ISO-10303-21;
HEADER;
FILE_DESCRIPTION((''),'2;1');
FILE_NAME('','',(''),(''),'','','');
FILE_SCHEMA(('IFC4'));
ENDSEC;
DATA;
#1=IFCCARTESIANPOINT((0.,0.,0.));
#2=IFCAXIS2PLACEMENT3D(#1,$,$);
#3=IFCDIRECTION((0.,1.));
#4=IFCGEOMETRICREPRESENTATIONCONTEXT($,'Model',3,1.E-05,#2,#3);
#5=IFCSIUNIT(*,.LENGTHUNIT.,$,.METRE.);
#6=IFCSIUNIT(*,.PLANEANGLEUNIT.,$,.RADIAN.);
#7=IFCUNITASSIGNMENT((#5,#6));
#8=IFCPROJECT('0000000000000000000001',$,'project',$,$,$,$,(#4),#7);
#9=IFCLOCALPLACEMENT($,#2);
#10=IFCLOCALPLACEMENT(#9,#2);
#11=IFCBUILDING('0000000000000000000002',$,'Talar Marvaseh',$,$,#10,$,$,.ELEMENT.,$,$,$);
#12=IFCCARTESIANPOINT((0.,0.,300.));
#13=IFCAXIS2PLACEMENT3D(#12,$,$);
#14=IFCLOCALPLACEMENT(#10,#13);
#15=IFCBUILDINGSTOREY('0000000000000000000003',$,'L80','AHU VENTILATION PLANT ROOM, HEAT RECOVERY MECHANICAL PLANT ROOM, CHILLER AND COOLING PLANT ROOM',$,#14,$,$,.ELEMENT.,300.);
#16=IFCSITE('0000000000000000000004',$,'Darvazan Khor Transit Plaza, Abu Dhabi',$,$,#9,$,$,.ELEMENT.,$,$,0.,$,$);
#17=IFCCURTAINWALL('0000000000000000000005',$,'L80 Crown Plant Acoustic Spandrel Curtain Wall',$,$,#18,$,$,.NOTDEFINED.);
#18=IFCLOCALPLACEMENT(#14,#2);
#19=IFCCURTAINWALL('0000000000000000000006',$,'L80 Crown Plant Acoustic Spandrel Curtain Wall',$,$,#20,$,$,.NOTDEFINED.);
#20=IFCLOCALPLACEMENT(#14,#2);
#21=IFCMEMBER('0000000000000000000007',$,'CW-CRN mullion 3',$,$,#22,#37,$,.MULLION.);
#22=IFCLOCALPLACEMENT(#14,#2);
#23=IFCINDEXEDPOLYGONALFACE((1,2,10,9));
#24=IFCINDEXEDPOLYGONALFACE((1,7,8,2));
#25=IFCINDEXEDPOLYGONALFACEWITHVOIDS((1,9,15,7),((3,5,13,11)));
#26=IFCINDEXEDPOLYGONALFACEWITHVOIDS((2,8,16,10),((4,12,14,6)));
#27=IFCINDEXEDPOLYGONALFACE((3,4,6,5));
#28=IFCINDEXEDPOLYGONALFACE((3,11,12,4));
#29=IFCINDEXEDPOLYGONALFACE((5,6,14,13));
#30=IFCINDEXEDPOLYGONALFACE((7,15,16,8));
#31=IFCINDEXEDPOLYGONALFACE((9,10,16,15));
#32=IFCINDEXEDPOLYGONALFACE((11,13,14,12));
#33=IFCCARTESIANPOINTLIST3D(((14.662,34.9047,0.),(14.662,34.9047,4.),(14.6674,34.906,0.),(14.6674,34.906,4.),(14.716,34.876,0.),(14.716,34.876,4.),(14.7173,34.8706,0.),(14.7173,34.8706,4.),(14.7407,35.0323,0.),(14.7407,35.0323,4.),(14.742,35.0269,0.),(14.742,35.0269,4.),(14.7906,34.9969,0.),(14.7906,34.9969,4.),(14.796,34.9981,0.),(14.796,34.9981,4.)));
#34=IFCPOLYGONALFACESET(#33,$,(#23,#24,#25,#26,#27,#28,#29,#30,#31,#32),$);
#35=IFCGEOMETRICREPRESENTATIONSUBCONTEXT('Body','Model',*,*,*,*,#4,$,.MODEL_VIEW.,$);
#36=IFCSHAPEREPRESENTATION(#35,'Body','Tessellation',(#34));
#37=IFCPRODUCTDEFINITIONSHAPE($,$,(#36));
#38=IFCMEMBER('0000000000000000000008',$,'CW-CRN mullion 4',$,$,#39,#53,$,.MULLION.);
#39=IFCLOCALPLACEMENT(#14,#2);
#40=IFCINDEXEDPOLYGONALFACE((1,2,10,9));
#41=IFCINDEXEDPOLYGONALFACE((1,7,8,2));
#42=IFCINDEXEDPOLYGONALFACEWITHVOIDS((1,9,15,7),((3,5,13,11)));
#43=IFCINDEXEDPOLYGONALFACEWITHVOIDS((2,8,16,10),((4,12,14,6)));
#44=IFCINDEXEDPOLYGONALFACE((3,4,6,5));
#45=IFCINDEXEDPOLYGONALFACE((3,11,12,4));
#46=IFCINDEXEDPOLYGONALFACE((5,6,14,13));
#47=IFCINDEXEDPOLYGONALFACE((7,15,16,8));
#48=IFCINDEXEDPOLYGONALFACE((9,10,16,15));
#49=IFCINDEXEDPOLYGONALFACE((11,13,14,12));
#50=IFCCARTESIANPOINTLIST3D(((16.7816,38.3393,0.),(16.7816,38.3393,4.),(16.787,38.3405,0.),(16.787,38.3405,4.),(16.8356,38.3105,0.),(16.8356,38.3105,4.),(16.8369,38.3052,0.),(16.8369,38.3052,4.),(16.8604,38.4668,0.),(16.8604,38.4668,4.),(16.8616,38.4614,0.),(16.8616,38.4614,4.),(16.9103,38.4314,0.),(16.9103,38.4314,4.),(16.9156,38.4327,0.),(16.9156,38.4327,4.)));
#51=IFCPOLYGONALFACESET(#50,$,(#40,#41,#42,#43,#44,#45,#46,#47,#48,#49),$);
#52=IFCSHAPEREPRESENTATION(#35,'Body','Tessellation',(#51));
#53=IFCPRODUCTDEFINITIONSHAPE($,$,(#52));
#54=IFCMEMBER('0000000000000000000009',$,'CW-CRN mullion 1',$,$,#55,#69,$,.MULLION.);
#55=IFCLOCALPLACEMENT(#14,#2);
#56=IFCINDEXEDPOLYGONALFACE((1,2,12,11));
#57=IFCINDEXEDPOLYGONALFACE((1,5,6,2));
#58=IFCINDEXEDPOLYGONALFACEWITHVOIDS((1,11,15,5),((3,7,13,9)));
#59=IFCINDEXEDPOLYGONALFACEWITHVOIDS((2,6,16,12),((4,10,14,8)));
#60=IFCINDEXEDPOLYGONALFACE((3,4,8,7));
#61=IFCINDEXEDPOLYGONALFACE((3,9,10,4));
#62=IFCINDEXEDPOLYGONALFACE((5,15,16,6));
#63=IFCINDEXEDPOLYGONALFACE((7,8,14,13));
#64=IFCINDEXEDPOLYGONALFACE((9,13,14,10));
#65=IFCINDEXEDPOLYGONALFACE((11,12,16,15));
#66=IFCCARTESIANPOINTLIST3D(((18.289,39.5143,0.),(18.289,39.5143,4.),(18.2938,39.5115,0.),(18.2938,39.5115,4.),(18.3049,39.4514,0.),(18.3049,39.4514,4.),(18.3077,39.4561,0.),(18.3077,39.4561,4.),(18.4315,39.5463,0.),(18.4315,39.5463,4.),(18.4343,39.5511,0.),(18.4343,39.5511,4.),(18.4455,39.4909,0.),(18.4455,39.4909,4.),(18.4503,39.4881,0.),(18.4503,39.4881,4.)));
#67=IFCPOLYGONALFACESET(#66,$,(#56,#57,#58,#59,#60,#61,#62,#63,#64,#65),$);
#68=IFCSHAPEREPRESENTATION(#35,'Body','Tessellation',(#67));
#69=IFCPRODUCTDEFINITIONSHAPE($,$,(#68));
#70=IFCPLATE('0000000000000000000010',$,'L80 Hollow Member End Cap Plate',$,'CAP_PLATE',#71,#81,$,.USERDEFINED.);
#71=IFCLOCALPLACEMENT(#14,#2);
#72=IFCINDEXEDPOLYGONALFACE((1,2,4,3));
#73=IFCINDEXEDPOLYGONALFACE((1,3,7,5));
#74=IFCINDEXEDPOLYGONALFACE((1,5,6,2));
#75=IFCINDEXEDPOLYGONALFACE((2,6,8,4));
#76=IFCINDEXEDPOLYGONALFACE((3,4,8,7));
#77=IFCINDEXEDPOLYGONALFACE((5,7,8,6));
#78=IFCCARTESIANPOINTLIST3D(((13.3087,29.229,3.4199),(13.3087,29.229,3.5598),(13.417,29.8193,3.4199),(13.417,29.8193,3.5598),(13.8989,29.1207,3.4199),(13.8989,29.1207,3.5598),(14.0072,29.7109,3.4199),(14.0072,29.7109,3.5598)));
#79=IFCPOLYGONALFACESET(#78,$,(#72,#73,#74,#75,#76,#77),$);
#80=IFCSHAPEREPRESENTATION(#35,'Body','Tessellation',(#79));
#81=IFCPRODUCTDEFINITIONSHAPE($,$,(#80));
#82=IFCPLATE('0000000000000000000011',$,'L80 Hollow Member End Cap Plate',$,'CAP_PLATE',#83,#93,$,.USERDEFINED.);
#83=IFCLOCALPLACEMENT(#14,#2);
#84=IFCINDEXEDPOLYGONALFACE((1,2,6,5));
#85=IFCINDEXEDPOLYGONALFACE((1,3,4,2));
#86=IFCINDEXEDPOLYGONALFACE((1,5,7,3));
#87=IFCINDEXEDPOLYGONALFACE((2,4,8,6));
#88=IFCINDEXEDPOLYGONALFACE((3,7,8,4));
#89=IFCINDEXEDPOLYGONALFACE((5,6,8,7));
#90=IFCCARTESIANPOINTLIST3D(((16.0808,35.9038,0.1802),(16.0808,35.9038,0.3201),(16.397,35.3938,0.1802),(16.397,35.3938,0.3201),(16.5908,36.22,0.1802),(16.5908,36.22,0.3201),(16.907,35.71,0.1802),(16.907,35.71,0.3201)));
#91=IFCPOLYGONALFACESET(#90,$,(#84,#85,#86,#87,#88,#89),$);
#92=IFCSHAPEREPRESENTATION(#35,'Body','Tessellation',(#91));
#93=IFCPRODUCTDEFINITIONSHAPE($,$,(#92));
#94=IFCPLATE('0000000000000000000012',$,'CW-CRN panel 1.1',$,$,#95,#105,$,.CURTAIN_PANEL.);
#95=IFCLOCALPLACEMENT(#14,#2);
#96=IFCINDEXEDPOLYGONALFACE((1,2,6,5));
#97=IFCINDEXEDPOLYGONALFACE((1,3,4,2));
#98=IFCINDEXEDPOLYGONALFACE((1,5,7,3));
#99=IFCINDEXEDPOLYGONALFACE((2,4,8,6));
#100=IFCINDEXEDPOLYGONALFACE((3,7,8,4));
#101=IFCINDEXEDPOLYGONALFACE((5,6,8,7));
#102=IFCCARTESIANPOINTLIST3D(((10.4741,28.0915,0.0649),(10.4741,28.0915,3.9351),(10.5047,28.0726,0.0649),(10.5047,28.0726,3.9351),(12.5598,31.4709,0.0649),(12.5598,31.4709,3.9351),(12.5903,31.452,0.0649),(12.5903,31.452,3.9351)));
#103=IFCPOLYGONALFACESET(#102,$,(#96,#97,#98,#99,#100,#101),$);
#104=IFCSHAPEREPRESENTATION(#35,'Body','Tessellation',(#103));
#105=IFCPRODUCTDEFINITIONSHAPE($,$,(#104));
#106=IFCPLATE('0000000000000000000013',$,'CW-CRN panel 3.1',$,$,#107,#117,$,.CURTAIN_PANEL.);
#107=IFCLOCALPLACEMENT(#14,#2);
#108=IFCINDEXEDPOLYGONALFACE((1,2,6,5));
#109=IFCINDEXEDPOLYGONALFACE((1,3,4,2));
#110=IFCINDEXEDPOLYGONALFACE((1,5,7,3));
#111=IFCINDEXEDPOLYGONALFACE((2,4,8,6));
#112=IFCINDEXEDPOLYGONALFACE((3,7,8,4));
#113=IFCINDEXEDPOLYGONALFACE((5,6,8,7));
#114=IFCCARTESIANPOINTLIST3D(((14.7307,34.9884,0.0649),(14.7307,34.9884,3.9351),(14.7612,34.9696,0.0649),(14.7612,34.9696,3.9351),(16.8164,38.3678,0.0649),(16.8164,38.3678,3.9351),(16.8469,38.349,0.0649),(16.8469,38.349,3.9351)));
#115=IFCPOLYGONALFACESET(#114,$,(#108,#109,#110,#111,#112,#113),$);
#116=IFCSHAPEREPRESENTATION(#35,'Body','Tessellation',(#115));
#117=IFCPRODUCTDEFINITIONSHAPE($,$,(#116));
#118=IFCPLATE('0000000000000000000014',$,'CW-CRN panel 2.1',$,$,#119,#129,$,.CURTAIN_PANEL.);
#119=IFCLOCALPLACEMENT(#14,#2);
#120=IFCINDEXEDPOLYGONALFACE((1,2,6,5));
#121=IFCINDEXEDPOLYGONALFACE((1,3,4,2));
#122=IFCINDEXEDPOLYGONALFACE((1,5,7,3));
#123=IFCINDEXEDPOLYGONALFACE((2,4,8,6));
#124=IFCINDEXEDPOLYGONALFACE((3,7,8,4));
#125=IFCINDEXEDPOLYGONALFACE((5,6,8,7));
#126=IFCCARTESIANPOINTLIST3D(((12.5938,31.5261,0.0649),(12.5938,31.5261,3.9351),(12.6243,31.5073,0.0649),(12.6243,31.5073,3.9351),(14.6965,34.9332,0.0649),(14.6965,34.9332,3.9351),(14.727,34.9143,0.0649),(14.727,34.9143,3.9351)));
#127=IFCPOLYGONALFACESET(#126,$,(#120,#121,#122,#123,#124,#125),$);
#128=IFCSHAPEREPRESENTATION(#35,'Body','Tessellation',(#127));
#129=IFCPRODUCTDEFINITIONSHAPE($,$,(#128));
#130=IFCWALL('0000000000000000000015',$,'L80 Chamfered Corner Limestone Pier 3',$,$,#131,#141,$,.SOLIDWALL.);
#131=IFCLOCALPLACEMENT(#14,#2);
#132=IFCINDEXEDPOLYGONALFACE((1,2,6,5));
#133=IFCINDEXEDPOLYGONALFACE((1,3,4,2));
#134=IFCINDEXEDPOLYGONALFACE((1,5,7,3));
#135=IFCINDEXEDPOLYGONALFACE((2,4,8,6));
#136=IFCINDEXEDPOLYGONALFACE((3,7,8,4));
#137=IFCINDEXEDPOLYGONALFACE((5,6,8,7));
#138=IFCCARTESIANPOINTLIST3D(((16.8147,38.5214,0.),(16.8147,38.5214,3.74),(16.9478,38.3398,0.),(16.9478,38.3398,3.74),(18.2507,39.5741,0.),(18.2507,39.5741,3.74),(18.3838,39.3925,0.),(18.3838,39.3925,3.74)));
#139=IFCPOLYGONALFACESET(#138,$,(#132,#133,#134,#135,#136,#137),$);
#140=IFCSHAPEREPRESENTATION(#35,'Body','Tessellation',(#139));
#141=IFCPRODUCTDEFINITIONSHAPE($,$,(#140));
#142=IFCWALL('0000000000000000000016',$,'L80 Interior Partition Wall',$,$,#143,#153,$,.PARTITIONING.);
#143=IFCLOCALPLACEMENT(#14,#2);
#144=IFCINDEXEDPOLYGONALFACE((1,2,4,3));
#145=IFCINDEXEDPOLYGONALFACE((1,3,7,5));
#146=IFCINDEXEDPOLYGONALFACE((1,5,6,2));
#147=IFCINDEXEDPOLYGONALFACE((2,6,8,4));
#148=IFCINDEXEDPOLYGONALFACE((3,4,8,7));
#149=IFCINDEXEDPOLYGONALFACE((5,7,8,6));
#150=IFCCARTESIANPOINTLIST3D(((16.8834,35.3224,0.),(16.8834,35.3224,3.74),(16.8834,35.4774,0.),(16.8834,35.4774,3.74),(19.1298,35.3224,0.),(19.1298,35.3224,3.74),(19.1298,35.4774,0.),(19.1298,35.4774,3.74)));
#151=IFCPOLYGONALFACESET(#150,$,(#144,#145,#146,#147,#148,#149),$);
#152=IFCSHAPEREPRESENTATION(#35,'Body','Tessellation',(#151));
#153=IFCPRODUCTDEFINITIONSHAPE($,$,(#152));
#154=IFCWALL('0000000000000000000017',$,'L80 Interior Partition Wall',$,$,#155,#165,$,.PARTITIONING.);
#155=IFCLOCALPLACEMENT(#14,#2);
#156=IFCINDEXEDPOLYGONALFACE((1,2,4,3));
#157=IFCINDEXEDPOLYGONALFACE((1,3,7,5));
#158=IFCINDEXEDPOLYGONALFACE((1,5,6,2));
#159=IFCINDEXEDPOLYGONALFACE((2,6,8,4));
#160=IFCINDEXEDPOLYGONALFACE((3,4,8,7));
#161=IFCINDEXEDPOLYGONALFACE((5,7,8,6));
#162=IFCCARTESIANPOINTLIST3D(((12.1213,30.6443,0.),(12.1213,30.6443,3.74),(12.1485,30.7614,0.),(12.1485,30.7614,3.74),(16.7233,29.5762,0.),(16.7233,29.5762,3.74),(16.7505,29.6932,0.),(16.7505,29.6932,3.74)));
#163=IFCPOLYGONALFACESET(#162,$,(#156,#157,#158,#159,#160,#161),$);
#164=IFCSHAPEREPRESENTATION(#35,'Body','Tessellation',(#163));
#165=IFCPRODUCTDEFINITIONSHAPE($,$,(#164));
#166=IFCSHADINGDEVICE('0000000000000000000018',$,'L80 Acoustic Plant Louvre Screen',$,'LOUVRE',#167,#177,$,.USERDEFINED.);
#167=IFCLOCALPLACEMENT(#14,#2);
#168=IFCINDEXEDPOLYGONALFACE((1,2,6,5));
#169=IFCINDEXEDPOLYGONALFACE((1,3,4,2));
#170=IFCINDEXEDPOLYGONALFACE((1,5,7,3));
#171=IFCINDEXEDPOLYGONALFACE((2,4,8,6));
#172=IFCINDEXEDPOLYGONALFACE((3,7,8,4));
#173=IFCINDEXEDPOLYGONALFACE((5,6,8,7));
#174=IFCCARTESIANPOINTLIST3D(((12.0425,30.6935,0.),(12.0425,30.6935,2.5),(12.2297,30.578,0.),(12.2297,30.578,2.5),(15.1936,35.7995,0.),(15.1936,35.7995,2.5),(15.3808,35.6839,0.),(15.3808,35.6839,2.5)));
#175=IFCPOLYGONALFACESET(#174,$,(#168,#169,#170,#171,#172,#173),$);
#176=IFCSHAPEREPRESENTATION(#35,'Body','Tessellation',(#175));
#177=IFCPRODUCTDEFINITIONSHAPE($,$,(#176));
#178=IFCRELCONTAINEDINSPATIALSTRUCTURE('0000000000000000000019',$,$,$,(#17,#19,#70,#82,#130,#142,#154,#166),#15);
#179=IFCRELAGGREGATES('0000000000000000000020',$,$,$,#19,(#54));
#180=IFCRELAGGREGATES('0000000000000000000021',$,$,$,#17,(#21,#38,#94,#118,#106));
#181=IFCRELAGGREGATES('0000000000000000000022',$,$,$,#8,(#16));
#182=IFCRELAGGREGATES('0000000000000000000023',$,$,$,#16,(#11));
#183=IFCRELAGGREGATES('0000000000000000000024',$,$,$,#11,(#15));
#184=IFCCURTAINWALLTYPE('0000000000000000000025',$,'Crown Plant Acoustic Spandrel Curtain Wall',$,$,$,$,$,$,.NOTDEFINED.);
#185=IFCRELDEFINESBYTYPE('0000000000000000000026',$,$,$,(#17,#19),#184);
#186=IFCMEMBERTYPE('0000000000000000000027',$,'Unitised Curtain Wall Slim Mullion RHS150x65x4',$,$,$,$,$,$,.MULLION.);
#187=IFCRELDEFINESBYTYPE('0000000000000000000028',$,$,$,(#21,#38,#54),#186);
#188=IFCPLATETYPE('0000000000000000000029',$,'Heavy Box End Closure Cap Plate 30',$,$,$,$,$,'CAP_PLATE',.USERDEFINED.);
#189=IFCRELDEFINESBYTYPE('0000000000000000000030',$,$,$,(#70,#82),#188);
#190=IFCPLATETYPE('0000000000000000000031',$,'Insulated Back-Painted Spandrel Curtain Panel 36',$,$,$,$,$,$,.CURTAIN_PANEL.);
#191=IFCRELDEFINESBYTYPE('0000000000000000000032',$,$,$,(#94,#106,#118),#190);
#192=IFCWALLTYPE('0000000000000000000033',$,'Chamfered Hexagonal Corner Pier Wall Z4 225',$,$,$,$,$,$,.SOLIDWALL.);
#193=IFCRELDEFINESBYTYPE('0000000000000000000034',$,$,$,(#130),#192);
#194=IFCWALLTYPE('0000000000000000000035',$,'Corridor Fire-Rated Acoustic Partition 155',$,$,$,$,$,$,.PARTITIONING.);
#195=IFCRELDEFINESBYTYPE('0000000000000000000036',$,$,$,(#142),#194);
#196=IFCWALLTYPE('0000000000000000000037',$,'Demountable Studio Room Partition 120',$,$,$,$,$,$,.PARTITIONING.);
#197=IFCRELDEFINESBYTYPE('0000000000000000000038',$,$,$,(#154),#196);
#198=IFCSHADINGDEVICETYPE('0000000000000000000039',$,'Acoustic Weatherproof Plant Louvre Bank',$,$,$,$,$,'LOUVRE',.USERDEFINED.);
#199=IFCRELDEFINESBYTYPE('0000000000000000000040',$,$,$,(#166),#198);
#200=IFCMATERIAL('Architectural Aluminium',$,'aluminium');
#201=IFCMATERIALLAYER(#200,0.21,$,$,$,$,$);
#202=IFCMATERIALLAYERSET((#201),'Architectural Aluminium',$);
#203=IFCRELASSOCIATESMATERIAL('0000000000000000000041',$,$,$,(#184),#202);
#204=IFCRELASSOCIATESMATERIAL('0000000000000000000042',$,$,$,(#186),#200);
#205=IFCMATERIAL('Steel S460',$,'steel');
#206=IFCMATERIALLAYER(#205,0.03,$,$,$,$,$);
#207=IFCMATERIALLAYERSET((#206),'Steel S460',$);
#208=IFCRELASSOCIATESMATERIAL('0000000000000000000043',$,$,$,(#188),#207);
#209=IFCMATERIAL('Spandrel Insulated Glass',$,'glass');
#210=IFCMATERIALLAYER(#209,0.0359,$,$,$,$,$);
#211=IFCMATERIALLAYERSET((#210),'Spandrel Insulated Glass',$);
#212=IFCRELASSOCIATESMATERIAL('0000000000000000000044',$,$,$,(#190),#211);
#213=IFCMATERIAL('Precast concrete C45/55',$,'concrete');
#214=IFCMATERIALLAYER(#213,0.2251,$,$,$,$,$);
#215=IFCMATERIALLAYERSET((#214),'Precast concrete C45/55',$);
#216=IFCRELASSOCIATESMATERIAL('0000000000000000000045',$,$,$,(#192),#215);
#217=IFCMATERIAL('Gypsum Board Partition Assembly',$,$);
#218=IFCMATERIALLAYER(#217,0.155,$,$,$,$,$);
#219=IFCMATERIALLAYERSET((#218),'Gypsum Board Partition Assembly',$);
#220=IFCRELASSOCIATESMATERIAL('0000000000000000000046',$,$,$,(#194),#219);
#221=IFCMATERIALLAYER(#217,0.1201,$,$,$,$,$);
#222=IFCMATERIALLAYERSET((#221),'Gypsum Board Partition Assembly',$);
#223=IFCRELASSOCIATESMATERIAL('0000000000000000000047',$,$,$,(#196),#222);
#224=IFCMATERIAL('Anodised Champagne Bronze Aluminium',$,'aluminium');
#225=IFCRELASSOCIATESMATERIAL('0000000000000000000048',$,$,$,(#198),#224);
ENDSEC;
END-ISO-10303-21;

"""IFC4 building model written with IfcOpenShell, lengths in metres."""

from ifc_helpers import new_model, si_unit, direction, frame, frame_2d, origin, origin_2d, place, context, subcontext, project, spatial, rectangle, hollow_rectangle, extrude, source, transform, mapped, material, layer, layer_set, material_profile, profile_set, type_object, type_shapes, element, aggregate, save


model = new_model("IFC4")

# Units and contexts
model_context = context("Model", 3, precision=1e-05, world=origin(), true_north=direction((0.0, 1.0)))
body_context = subcontext(model_context, "Body", "Model", "MODEL_VIEW")
ifc_project = project(units=[si_unit("LENGTHUNIT", "METRE"), si_unit("PLANEANGLEUNIT", "RADIAN")], contexts=[model_context])

# Site, building, storey
site_placement = place(None, origin())
site = spatial("IfcSite", under=ifc_project, at=site_placement, Name="Darvazan Khor Transit Plaza, Abu Dhabi", CompositionType="ELEMENT", RefElevation=0.0)
building_placement = place(site_placement, origin())
building = spatial("IfcBuilding", under=site, at=building_placement, Name="Talar Marvaseh", CompositionType="ELEMENT")
storey_placement = place(building_placement, frame((0.0, 0.0, 300.0)))
storey = spatial("IfcBuildingStorey", under=building, at=storey_placement, Name="L80", Description="AHU VENTILATION PLANT ROOM, HEAT RECOVERY MECHANICAL PLANT ROOM, CHILLER AND COOLING PLANT ROOM", CompositionType="ELEMENT", Elevation=300.0)

# Shared definitions
ifc_material_1 = material(Name="Steel S460", Category="steel")

# Curtain walls
ifc_material_2 = material(Name="Architectural Aluminium", Category="aluminium")
ifc_layer_1 = layer(ifc_material_2, 0.21)
ifc_layer_set_1 = layer_set([ifc_layer_1], Name="Architectural Aluminium")
curtain_wall_type = type_object("IfcCurtainWallType", Name="Crown Plant Acoustic Spandrel Curtain Wall", PredefinedType="NOTDEFINED", material=ifc_layer_set_1)
curtain_wall_1_placement = place(storey_placement, origin())
curtain_wall_1 = element("IfcCurtainWall", 1, at=curtain_wall_1_placement, inside=storey, type_object=curtain_wall_type, Name="L80 Crown Plant Acoustic Spandrel Curtain Wall", PredefinedType="NOTDEFINED")
curtain_wall_2_placement = place(storey_placement, origin())
curtain_wall_2 = element("IfcCurtainWall", 2, at=curtain_wall_2_placement, inside=storey, type_object=curtain_wall_type, Name="L80 Crown Plant Acoustic Spandrel Curtain Wall", PredefinedType="NOTDEFINED")

# Members
ifc_material_profile_1 = material_profile(ifc_material_2, hollow_rectangle(XDim=0.0649, YDim=0.1499, WallThickness=0.0039, at=origin_2d()), Name="RHS150x65x4")
ifc_profile_set_1 = profile_set([ifc_material_profile_1], Name="Architectural Aluminium")
member_type_1 = type_object("IfcMemberType", Name="Unitised Curtain Wall Slim Mullion RHS150x65x4", PredefinedType="MULLION", material=ifc_profile_set_1)
shared_shape_1 = source(origin(), body_context, "Body", "SweptSolid", [
    extrude(hollow_rectangle(XDim=0.0649, YDim=0.1499, WallThickness=0.0039, at=origin_2d()), origin(), (0.0, 0.0, 1.0), 4.0),
])
type_shapes(member_type_1, [shared_shape_1])
member_1_placement = place(storey_placement, frame((14.729, 34.9514, 0.0), z_axis=(0.0, 0.0, 1.0), x_axis=(-0.850977, 0.525202, 0.0)))
member_1 = element("IfcMember", 3, at=member_1_placement, type_object=member_type_1, Name="CW-CRN mullion 3", PredefinedType="MULLION", context=body_context, shape_type="MappedRepresentation", body=[
    mapped(shared_shape_1, transform((0.0, 0.0, 0.0), x_axis=(1.0, 0.0, 0.0), y_axis=(0.0, 1.0, 0.0), z_axis=(0.0, 0.0, 1.0), scale=1.0)),
])
member_2_placement = place(storey_placement, frame((16.8486, 38.386, 0.0), z_axis=(0.0, 0.0, 1.0), x_axis=(-0.850977, 0.525202, 0.0)))
member_2 = element("IfcMember", 4, at=member_2_placement, type_object=member_type_1, Name="CW-CRN mullion 4", PredefinedType="MULLION", context=body_context, shape_type="MappedRepresentation", body=[
    mapped(shared_shape_1, transform((0.0, 0.0, 0.0), x_axis=(1.0, 0.0, 0.0), y_axis=(0.0, 1.0, 0.0), z_axis=(0.0, 0.0, 1.0), scale=1.0)),
])
member_3_placement = place(storey_placement, frame((18.3696, 39.5012, 0.0), z_axis=(0.0, 0.0, 1.0), x_axis=(-0.245002, 0.969523, 0.0)))
member_3 = element("IfcMember", 5, at=member_3_placement, type_object=member_type_1, Name="CW-CRN mullion 1", PredefinedType="MULLION", context=body_context, shape_type="MappedRepresentation", body=[
    mapped(shared_shape_1, transform((0.0, 0.0, 0.0), x_axis=(1.0, 0.0, 0.0), y_axis=(0.0, 1.0, 0.0), z_axis=(0.0, 0.0, 1.0), scale=1.0)),
])
aggregate(curtain_wall_2, [member_3])

# Plates
ifc_layer_2 = layer(ifc_material_1, 0.03)
ifc_layer_set_2 = layer_set([ifc_layer_2], Name="Steel S460")
plate_type_1 = type_object("IfcPlateType", Name="Heavy Box End Closure Cap Plate 30", ElementType="CAP_PLATE", PredefinedType="USERDEFINED", material=ifc_layer_set_2)
shared_shape_2 = source(origin(), body_context, "Body", "SweptSolid", [
    extrude(rectangle(XDim=0.6001, YDim=0.6001, at=origin_2d()), origin(), (0.0, 0.0, 1.0), 0.1399),
])
type_shapes(plate_type_1, [shared_shape_2])
for number, where, z_axis, x_axis, name in (
    (6, (13.658, 29.47, 3.4199), (0.0, 0.0, 1.0), (0.180519, 0.983571, 0.0), "L80 Hollow Member End Cap Plate"),
    (7, (16.4939, 35.8069, 0.1802), (0.0, 0.0, 1.0), (0.849893, 0.526956, 0.0), "L80 Hollow Member End Cap Plate"),
):
    element("IfcPlate", number, at=place(storey_placement, frame(where, z_axis=z_axis, x_axis=x_axis)), inside=storey, type_object=plate_type_1, Name=name, ObjectType="CAP_PLATE", PredefinedType="USERDEFINED", context=body_context, shape_type="MappedRepresentation", body=[
        mapped(shared_shape_2, transform((0.0, 0.0, 0.0), x_axis=(1.0, 0.0, 0.0), y_axis=(0.0, 1.0, 0.0), z_axis=(0.0, 0.0, 1.0), scale=1.0)),
    ])

# Plates
ifc_material_3 = material(Name="Spandrel Insulated Glass", Category="glass")
ifc_layer_3 = layer(ifc_material_3, 0.0359)
ifc_layer_set_3 = layer_set([ifc_layer_3], Name="Spandrel Insulated Glass")
plate_type_2 = type_object("IfcPlateType", Name="Insulated Back-Painted Spandrel Curtain Panel 36", PredefinedType="CURTAIN_PANEL", material=ifc_layer_set_3)
shared_shape_3 = source(origin(), body_context, "Body", "SweptSolid", [
    extrude(rectangle(XDim=3.9712, YDim=0.0359, at=origin_2d()), origin(), (0.0, 0.0, 1.0), 3.8701),
])
plate_1_placement = place(storey_placement, frame((11.5322, 29.7717, 0.0649), z_axis=(0.0, 0.0, 1.0), x_axis=(0.525202, 0.850977, 0.0)))
plate_1 = element("IfcPlate", 8, at=plate_1_placement, type_object=plate_type_2, Name="CW-CRN panel 1.1", PredefinedType="CURTAIN_PANEL", context=body_context, shape_type="MappedRepresentation", body=[
    mapped(shared_shape_3, transform((0.0, 0.0, 0.0), x_axis=(1.0, 0.0, 0.0), y_axis=(0.0, 1.0, 0.0), z_axis=(0.0, 0.0, 1.0), scale=1.0)),
])
plate_2_placement = place(storey_placement, frame((15.7888, 36.6687, 0.0649), z_axis=(0.0, 0.0, 1.0), x_axis=(0.525202, 0.850977, 0.0)))
plate_2 = element("IfcPlate", 9, at=plate_2_placement, type_object=plate_type_2, Name="CW-CRN panel 3.1", PredefinedType="CURTAIN_PANEL", context=body_context, shape_type="MappedRepresentation", body=[
    mapped(shared_shape_3, transform((0.0, 0.0, 0.0), x_axis=(1.0, 0.0, 0.0), y_axis=(0.0, 1.0, 0.0), z_axis=(0.0, 0.0, 1.0), scale=1.0)),
])
shared_shape_4 = source(origin(), body_context, "Body", "SweptSolid", [
    extrude(rectangle(XDim=4.0037, YDim=0.0359, at=origin_2d()), origin(), (0.0, 0.0, 1.0), 3.8701),
])
type_shapes(plate_type_2, [shared_shape_3, shared_shape_4])
plate_3_placement = place(storey_placement, frame((13.6604, 33.2202, 0.0649), z_axis=(0.0, 0.0, 1.0), x_axis=(0.525202, 0.850977, 0.0)))
plate_3 = element("IfcPlate", 10, at=plate_3_placement, type_object=plate_type_2, Name="CW-CRN panel 2.1", PredefinedType="CURTAIN_PANEL", context=body_context, shape_type="MappedRepresentation", body=[
    mapped(shared_shape_4, transform((0.0, 0.0, 0.0), x_axis=(1.0, 0.0, 0.0), y_axis=(0.0, 1.0, 0.0), z_axis=(0.0, 0.0, 1.0), scale=1.0)),
])
aggregate(curtain_wall_1, [member_1, member_2, plate_1, plate_3, plate_2])

# Walls
ifc_material_4 = material(Name="Precast concrete C45/55", Category="concrete")
ifc_layer_4 = layer(ifc_material_4, 0.2251)
ifc_layer_set_4 = layer_set([ifc_layer_4], Name="Precast concrete C45/55")
wall_type_1 = type_object("IfcWallType", Name="Chamfered Hexagonal Corner Pier Wall Z4 225", PredefinedType="SOLIDWALL", material=ifc_layer_set_4)
wall_1_placement = place(storey_placement, frame((16.8813, 38.4307, 0.0), z_axis=(0.0, 0.0, 1.0), x_axis=(0.806501, 0.591233, 0.0)))
element("IfcWall", 11, at=wall_1_placement, inside=storey, type_object=wall_type_1, Name="L80 Chamfered Corner Limestone Pier 3", PredefinedType="SOLIDWALL", context=body_context, shape_type="SweptSolid", body=[
    extrude(rectangle(XDim=1.7805, YDim=0.2251, at=frame_2d((0.8901, 0.0))), origin(), (0.0, 0.0, 1.0), 3.74),
])
ifc_material_5 = material(Name="Gypsum Board Partition Assembly")
ifc_layer_5 = layer(ifc_material_5, 0.155)
ifc_layer_set_5 = layer_set([ifc_layer_5], Name="Gypsum Board Partition Assembly")
wall_type_2 = type_object("IfcWallType", Name="Corridor Fire-Rated Acoustic Partition 155", PredefinedType="PARTITIONING", material=ifc_layer_set_5)
wall_2_placement = place(storey_placement, frame((16.8835, 35.3999, 0.0), z_axis=(0.0, 0.0, 1.0), x_axis=(1.0, 0.0, 0.0)))
element("IfcWall", 12, at=wall_2_placement, inside=storey, type_object=wall_type_2, Name="L80 Interior Partition Wall", PredefinedType="PARTITIONING", context=body_context, shape_type="SweptSolid", body=[
    extrude(rectangle(XDim=2.2463, YDim=0.155, at=frame_2d((1.123, 0.0))), origin(), (0.0, 0.0, 1.0), 3.74),
])
ifc_layer_6 = layer(ifc_material_5, 0.1201)
ifc_layer_set_6 = layer_set([ifc_layer_6], Name="Gypsum Board Partition Assembly")
wall_type_3 = type_object("IfcWallType", Name="Demountable Studio Room Partition 120", PredefinedType="PARTITIONING", material=ifc_layer_set_6)
wall_3_placement = place(storey_placement, frame((12.1348, 30.7029, 0.0), z_axis=(0.0, 0.0, 1.0), x_axis=(0.974107, -0.226086, 0.0)))
element("IfcWall", 13, at=wall_3_placement, inside=storey, type_object=wall_type_3, Name="L80 Interior Partition Wall", PredefinedType="PARTITIONING", context=body_context, shape_type="SweptSolid", body=[
    extrude(rectangle(XDim=4.7244, YDim=0.1201, at=frame_2d((2.3623, 0.0))), origin(), (0.0, 0.0, 1.0), 3.74),
])

# Shading device
ifc_material_6 = material(Name="Anodised Champagne Bronze Aluminium", Category="aluminium")
shading_device_type = type_object("IfcShadingDeviceType", Name="Acoustic Weatherproof Plant Louvre Bank", ElementType="LOUVRE", PredefinedType="USERDEFINED", material=ifc_material_6)
shared_shape_5 = source(origin(), body_context, "Body", "SweptSolid", [
    extrude(rectangle(XDim=6.0, YDim=0.22, at=origin_2d()), origin(), (0.0, 0.0, 1.0), 2.5),
])
type_shapes(shading_device_type, [shared_shape_5])
shading_device_placement = place(storey_placement, frame((13.7117, 33.1887, 0.0), z_axis=(0.0, 0.0, 1.0), x_axis=(0.525175, 0.850994, 0.0)))
element("IfcShadingDevice", 14, at=shading_device_placement, inside=storey, type_object=shading_device_type, Name="L80 Acoustic Plant Louvre Screen", ObjectType="LOUVRE", PredefinedType="USERDEFINED", context=body_context, shape_type="MappedRepresentation", body=[
    mapped(shared_shape_5, transform((0.0, 0.0, 0.0), x_axis=(1.0, 0.0, 0.0), y_axis=(0.0, 1.0, 0.0), z_axis=(0.0, 0.0, 1.0), scale=1.0)),
])

save(model, "model.ifc")
